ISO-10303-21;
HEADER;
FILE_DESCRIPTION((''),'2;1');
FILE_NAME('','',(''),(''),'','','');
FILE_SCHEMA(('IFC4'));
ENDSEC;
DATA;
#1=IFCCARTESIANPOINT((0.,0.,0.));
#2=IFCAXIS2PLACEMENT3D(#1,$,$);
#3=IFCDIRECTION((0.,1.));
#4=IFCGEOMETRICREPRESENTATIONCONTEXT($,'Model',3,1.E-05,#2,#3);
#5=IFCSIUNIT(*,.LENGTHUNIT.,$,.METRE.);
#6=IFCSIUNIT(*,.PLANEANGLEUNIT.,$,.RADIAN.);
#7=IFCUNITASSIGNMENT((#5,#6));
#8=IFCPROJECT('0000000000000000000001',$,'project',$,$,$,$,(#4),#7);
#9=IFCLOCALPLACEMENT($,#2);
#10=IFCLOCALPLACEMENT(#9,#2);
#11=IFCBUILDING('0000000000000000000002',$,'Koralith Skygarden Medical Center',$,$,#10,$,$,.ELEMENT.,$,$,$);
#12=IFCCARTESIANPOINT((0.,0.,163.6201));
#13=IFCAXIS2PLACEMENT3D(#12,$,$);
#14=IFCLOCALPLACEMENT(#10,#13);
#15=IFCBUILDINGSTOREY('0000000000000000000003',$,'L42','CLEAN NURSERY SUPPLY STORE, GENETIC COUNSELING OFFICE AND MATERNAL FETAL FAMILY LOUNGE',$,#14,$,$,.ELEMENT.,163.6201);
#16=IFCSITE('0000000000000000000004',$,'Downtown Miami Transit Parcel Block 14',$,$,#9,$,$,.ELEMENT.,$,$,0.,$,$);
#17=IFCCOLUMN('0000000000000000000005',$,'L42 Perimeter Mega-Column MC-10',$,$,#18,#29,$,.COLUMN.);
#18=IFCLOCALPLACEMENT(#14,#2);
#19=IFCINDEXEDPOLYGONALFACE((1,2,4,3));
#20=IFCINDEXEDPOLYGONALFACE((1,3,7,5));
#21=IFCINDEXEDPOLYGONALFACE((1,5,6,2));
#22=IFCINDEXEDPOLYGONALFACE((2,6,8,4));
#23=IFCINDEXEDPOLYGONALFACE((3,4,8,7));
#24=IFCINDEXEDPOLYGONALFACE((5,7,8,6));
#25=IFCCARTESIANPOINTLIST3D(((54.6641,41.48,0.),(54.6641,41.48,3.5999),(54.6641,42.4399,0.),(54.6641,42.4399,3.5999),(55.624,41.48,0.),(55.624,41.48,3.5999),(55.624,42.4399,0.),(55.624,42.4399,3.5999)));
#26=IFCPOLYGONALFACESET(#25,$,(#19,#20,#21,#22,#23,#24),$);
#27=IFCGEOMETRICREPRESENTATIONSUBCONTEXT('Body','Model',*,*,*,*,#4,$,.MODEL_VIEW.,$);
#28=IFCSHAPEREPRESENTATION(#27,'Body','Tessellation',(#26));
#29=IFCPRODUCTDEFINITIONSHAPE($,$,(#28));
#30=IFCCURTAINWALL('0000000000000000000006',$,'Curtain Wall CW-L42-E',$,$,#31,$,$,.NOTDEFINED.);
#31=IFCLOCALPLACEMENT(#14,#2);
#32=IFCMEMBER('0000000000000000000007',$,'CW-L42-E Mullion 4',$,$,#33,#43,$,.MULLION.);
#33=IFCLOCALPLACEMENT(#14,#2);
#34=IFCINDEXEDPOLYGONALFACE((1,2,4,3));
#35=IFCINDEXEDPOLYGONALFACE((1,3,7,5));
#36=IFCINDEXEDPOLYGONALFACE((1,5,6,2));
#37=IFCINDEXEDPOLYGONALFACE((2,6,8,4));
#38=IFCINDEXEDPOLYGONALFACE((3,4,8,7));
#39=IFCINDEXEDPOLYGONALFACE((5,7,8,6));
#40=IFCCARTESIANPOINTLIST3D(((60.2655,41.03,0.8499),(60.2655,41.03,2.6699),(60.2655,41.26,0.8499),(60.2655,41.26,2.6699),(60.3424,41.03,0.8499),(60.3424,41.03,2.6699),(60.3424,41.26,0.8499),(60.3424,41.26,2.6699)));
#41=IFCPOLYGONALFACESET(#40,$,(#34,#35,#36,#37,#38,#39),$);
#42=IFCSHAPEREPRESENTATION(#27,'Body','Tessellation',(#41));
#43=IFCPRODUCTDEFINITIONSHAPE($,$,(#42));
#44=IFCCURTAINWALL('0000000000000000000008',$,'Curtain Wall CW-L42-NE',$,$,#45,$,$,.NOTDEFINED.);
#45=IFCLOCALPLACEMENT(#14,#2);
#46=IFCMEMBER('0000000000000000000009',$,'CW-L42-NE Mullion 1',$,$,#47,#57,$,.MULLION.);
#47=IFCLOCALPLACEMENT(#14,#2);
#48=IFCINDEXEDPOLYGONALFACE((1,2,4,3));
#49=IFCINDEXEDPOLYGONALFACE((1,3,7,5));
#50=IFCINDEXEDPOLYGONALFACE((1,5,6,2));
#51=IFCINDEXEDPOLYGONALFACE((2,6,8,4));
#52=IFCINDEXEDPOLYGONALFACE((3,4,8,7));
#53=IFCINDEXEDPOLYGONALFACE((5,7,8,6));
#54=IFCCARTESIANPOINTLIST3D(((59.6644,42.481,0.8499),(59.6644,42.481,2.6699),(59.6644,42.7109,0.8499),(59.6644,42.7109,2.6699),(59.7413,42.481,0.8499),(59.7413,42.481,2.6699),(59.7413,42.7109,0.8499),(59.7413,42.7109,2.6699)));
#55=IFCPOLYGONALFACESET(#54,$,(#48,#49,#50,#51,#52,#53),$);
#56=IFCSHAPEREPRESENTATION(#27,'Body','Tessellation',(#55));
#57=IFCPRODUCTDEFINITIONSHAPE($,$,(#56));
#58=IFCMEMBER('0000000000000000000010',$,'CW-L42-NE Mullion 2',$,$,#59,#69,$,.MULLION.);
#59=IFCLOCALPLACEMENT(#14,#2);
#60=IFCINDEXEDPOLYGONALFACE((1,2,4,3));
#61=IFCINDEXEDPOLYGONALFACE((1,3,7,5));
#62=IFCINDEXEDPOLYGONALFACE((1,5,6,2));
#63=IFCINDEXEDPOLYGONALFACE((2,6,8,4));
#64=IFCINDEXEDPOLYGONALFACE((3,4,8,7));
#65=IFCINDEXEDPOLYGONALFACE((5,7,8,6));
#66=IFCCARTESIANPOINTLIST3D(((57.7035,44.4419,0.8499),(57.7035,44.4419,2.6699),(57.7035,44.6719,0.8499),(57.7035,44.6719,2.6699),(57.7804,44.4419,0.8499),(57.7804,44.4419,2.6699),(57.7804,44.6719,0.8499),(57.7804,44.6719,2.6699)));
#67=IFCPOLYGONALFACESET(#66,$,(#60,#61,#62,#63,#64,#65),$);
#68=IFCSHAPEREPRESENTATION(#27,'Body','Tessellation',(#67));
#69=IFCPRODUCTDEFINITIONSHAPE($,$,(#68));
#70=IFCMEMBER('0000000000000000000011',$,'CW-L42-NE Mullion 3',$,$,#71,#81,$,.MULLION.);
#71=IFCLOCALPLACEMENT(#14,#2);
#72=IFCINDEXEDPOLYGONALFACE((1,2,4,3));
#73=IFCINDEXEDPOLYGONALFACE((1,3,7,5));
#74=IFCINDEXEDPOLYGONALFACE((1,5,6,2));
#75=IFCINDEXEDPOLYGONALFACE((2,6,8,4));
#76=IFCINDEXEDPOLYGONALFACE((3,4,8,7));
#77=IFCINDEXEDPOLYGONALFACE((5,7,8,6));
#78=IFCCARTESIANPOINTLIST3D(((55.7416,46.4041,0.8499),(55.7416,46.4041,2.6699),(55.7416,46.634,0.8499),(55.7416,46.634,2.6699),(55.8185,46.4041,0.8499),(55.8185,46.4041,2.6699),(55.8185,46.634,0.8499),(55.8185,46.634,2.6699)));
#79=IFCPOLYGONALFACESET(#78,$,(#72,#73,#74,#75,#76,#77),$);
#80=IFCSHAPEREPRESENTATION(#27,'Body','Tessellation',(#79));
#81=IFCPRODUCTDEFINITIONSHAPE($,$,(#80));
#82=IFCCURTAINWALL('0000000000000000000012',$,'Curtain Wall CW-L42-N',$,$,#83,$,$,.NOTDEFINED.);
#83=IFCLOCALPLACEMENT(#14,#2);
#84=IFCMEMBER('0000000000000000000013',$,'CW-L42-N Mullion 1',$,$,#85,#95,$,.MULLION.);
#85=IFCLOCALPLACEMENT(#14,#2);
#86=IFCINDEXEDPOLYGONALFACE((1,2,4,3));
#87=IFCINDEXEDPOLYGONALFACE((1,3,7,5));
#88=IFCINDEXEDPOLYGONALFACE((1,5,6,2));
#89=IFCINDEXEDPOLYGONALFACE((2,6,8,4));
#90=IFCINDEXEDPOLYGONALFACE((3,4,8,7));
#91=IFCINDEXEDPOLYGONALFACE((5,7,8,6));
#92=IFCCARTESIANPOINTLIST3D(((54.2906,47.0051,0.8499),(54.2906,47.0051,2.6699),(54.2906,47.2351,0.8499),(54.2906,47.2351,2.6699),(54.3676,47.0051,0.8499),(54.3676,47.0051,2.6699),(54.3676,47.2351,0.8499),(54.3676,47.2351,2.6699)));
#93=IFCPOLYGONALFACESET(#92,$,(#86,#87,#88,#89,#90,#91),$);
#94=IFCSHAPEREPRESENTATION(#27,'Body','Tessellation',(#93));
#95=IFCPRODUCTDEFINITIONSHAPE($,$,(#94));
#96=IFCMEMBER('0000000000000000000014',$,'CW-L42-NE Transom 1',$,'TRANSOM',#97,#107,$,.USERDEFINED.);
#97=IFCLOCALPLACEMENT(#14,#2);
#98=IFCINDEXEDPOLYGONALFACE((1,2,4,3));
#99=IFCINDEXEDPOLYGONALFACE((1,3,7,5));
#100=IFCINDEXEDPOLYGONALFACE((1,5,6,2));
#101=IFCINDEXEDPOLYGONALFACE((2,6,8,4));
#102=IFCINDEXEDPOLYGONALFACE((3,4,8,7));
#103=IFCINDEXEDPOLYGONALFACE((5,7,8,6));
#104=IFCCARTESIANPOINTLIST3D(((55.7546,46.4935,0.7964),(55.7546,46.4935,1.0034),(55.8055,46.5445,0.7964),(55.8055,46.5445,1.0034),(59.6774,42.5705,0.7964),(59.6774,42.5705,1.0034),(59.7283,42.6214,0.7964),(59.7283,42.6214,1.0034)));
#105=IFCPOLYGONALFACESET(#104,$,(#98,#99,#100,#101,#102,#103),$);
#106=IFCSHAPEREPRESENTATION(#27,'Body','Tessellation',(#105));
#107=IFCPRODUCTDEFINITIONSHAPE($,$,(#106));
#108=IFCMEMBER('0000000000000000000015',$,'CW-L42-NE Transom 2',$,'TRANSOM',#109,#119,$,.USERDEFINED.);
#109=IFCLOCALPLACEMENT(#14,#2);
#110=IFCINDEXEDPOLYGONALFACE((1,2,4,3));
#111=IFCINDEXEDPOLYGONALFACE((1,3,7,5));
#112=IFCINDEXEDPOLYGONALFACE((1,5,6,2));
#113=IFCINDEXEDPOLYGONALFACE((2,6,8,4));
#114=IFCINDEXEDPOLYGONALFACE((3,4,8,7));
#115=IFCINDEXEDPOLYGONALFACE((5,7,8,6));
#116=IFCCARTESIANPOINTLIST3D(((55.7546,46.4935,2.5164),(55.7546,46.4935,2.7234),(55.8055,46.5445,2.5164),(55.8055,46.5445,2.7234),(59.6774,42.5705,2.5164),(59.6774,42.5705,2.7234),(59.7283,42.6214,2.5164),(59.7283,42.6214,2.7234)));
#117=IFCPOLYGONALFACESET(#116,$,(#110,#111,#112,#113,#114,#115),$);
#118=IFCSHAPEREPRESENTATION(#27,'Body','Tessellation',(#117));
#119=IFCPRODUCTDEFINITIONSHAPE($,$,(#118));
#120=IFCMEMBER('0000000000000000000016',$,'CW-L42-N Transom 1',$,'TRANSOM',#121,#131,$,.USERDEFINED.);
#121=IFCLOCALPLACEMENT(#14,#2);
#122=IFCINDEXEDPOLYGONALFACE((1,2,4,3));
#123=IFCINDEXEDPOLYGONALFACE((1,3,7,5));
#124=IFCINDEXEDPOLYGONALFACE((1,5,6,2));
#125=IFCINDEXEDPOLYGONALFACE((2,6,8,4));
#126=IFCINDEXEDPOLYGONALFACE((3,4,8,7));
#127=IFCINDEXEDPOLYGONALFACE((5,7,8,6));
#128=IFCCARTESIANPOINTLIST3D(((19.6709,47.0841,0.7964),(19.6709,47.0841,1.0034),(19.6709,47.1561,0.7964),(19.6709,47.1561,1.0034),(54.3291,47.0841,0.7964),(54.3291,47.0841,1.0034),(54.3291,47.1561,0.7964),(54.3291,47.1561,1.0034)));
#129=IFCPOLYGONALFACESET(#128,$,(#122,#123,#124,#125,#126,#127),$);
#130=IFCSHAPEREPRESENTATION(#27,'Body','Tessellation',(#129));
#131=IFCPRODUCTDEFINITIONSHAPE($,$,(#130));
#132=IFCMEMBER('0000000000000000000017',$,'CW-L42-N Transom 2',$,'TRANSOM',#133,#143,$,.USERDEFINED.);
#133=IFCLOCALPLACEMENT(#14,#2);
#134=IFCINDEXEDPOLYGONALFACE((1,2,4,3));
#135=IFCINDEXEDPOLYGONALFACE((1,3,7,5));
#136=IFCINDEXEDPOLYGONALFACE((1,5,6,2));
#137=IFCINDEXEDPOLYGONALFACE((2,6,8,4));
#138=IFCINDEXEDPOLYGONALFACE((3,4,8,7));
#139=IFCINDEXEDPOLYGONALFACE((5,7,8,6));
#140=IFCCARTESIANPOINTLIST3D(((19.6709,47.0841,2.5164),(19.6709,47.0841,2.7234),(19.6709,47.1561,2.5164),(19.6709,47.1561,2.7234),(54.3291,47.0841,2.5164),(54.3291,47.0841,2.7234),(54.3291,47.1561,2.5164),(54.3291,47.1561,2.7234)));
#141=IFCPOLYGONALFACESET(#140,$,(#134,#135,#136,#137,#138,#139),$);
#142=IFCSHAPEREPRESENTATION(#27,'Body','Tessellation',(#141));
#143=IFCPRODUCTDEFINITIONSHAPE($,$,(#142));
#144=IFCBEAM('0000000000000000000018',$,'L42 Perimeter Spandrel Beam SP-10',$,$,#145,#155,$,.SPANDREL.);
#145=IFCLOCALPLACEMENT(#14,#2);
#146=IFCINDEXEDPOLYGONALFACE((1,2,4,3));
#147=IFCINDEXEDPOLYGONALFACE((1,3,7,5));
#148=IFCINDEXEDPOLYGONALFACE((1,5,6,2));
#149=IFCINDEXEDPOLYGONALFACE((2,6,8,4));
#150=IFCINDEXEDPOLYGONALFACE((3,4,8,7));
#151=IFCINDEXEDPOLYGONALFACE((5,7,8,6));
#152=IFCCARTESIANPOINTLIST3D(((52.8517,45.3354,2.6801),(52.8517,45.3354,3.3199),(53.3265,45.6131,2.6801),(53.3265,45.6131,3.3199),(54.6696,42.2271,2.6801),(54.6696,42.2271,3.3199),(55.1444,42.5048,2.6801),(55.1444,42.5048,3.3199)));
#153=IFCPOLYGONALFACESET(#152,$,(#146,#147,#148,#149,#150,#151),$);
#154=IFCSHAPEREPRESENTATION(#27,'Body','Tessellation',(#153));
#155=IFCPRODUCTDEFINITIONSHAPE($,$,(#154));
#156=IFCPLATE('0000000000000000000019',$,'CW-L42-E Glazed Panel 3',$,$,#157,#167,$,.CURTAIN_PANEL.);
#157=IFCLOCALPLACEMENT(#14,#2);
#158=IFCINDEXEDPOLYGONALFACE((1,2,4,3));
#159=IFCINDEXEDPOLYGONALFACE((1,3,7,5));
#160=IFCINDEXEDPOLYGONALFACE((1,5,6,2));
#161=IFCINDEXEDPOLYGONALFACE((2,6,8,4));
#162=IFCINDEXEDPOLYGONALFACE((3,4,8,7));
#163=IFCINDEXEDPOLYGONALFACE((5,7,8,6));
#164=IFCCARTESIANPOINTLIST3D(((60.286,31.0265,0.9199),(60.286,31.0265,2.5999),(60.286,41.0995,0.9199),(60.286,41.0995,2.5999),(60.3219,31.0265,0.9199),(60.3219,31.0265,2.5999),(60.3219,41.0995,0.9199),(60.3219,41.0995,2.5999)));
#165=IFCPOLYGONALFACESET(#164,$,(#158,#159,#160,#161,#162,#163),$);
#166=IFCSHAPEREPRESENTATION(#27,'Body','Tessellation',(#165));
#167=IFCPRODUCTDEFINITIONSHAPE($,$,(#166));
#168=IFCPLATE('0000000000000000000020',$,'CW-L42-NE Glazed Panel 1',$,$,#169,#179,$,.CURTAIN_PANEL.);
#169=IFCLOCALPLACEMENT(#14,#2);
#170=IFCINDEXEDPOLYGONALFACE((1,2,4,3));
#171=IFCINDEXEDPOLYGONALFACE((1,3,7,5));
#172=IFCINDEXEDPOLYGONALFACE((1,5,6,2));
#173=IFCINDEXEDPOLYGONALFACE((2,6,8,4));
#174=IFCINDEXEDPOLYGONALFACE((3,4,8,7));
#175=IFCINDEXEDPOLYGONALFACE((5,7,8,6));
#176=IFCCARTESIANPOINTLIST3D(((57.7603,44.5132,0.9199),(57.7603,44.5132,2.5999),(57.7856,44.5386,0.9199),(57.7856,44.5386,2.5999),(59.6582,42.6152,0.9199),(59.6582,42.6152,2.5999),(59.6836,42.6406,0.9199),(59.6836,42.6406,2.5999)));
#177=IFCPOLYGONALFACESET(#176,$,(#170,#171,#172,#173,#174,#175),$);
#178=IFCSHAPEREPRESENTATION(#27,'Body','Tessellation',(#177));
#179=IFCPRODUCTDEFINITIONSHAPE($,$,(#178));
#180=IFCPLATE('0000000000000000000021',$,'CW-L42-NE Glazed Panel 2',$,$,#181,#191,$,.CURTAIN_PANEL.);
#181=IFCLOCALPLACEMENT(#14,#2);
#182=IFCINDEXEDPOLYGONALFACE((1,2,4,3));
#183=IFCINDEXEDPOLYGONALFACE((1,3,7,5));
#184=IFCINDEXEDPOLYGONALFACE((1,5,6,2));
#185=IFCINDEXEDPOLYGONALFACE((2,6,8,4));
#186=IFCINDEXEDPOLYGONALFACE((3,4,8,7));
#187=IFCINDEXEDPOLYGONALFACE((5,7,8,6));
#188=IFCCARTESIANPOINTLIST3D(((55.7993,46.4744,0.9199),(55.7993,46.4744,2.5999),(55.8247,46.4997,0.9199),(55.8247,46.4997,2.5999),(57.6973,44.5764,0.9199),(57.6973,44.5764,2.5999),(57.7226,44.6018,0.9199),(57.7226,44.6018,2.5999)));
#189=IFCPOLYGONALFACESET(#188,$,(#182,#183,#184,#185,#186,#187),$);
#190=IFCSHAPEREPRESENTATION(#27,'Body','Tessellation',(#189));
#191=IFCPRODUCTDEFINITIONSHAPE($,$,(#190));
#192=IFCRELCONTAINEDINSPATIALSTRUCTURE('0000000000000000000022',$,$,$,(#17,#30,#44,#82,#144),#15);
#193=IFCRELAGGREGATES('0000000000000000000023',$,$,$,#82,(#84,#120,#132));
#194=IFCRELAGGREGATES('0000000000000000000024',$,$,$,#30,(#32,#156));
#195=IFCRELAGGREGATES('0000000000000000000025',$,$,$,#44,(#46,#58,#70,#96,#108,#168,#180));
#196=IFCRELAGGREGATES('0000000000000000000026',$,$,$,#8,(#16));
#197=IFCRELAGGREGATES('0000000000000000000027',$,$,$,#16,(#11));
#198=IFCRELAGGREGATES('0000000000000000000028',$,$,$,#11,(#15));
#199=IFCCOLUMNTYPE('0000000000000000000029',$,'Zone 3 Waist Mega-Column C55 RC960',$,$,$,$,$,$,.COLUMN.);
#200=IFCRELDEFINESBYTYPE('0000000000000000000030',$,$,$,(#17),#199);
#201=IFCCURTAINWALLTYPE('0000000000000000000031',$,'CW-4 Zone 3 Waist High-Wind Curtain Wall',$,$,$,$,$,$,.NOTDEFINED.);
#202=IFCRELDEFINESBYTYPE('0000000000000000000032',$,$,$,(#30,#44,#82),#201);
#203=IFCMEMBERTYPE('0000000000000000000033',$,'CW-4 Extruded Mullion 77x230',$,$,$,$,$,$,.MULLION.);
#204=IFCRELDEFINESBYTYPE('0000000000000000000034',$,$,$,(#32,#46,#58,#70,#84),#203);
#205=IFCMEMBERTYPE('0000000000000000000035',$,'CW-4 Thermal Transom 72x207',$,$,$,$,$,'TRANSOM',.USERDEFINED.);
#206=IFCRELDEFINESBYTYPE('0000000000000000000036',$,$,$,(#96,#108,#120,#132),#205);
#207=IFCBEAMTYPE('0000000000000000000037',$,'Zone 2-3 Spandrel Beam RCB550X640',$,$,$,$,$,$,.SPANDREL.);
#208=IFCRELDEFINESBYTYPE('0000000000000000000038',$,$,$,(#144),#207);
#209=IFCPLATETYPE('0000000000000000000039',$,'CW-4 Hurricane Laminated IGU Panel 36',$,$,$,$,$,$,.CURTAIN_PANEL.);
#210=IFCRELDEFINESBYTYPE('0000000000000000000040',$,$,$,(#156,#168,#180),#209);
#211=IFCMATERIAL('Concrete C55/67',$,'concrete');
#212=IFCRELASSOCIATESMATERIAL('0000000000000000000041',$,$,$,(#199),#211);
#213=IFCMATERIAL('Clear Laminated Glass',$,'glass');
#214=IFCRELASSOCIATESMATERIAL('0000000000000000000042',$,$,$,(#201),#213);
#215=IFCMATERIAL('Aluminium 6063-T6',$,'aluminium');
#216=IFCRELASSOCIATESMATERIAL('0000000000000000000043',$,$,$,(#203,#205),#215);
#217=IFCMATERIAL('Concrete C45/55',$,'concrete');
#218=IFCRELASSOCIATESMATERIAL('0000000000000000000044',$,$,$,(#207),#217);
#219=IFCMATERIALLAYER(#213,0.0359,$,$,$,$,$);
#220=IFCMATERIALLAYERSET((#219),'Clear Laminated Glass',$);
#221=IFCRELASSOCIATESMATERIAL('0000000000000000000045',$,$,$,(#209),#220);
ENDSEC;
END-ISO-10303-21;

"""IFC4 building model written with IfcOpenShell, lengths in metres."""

from ifc_helpers import new_model, si_unit, direction, frame, origin, origin_2d, place, context, subcontext, project, spatial, rectangle, extrude, material, layer, layer_set, material_profile, profile_set, type_object, element, aggregate, save


model = new_model("IFC4")

# Units and contexts
model_context = context("Model", 3, precision=1e-05, world=origin(), true_north=direction((0.0, 1.0)))
body_context = subcontext(model_context, "Body", "Model", "MODEL_VIEW")
ifc_project = project(units=[si_unit("LENGTHUNIT", "METRE"), si_unit("PLANEANGLEUNIT", "RADIAN")], contexts=[model_context])

# Site, building, storey
site_placement = place(None, origin())
site = spatial("IfcSite", under=ifc_project, at=site_placement, Name="Downtown Miami Transit Parcel Block 14", CompositionType="ELEMENT", RefElevation=0.0)
building_placement = place(site_placement, origin())
building = spatial("IfcBuilding", under=site, at=building_placement, Name="Koralith Skygarden Medical Center", CompositionType="ELEMENT")
storey_placement = place(building_placement, frame((0.0, 0.0, 163.6201)))
storey = spatial("IfcBuildingStorey", under=building, at=storey_placement, Name="L42", Description="CLEAN NURSERY SUPPLY STORE, GENETIC COUNSELING OFFICE AND MATERNAL FETAL FAMILY LOUNGE", CompositionType="ELEMENT", Elevation=163.6201)

# Column
ifc_material_1 = material(Name="Concrete C55/67", Category="concrete")
ifc_material_profile_1 = material_profile(ifc_material_1, rectangle(XDim=0.96, YDim=0.96, at=origin_2d()), Name="RC960X960")
ifc_profile_set_1 = profile_set([ifc_material_profile_1], Name="Concrete C55/67")
column_type = type_object("IfcColumnType", Name="Zone 3 Waist Mega-Column C55 RC960", PredefinedType="COLUMN", material=ifc_profile_set_1)
column_placement = place(storey_placement, frame((55.144, 41.96, 0.0), z_axis=(0.0, 0.0, 1.0), x_axis=(1.0, 0.0, 0.0)))
element("IfcColumn", 1, at=column_placement, inside=storey, type_object=column_type, Name="L42 Perimeter Mega-Column MC-10", PredefinedType="COLUMN", context=body_context, shape_type="SweptSolid", body=[
    extrude(rectangle(XDim=0.96, YDim=0.96, at=origin_2d()), origin(), (0.0, 0.0, 1.0), 3.5999),
])

# Curtain wall, member
ifc_material_2 = material(Name="Clear Laminated Glass", Category="glass")
curtain_wall_type = type_object("IfcCurtainWallType", Name="CW-4 Zone 3 Waist High-Wind Curtain Wall", PredefinedType="NOTDEFINED", material=ifc_material_2)
curtain_wall_1_placement = place(storey_placement, origin())
curtain_wall_1 = element("IfcCurtainWall", 2, at=curtain_wall_1_placement, inside=storey, type_object=curtain_wall_type, Name="Curtain Wall CW-L42-E", PredefinedType="NOTDEFINED")
ifc_material_3 = material(Name="Aluminium 6063-T6", Category="aluminium")
ifc_material_profile_2 = material_profile(ifc_material_3, rectangle(XDim=0.0769, YDim=0.23, at=origin_2d()), Name="MUL77X230")
ifc_profile_set_2 = profile_set([ifc_material_profile_2], Name="Aluminium 6063-T6")
member_type_1 = type_object("IfcMemberType", Name="CW-4 Extruded Mullion 77x230", PredefinedType="MULLION", material=ifc_profile_set_2)
member_1_placement = place(storey_placement, frame((60.304, 41.145, 0.8499), z_axis=(0.0, 0.0, 1.0), x_axis=(1.0, 0.0, 0.0)))
member_1 = element("IfcMember", 3, at=member_1_placement, type_object=member_type_1, Name="CW-L42-E Mullion 4", PredefinedType="MULLION", context=body_context, shape_type="SweptSolid", body=[
    extrude(rectangle(XDim=0.0769, YDim=0.23, at=origin_2d()), origin(), (0.0, 0.0, 1.0), 1.8201),
])

# Curtain wall, members
curtain_wall_2_placement = place(storey_placement, origin())
curtain_wall_2 = element("IfcCurtainWall", 4, at=curtain_wall_2_placement, inside=storey, type_object=curtain_wall_type, Name="Curtain Wall CW-L42-NE", PredefinedType="NOTDEFINED")
member_2_placement = place(storey_placement, frame((59.7029, 42.5959, 0.8499), z_axis=(0.0, 0.0, 1.0), x_axis=(1.0, 0.0, 0.0)))
member_2 = element("IfcMember", 5, at=member_2_placement, type_object=member_type_1, Name="CW-L42-NE Mullion 1", PredefinedType="MULLION", context=body_context, shape_type="SweptSolid", body=[
    extrude(rectangle(XDim=0.0769, YDim=0.23, at=origin_2d()), origin(), (0.0, 0.0, 1.0), 1.8201),
])
member_3_placement = place(storey_placement, frame((57.7419, 44.5569, 0.8499), z_axis=(0.0, 0.0, 1.0), x_axis=(1.0, 0.0, 0.0)))
member_3 = element("IfcMember", 6, at=member_3_placement, type_object=member_type_1, Name="CW-L42-NE Mullion 2", PredefinedType="MULLION", context=body_context, shape_type="SweptSolid", body=[
    extrude(rectangle(XDim=0.0769, YDim=0.23, at=origin_2d()), origin(), (0.0, 0.0, 1.0), 1.8201),
])
member_4_placement = place(storey_placement, frame((55.78, 46.519, 0.8499), z_axis=(0.0, 0.0, 1.0), x_axis=(1.0, 0.0, 0.0)))
member_4 = element("IfcMember", 7, at=member_4_placement, type_object=member_type_1, Name="CW-L42-NE Mullion 3", PredefinedType="MULLION", context=body_context, shape_type="SweptSolid", body=[
    extrude(rectangle(XDim=0.0769, YDim=0.23, at=origin_2d()), origin(), (0.0, 0.0, 1.0), 1.8201),
])

# Curtain wall, member
curtain_wall_3_placement = place(storey_placement, origin())
curtain_wall_3 = element("IfcCurtainWall", 8, at=curtain_wall_3_placement, inside=storey, type_object=curtain_wall_type, Name="Curtain Wall CW-L42-N", PredefinedType="NOTDEFINED")
member_5_placement = place(storey_placement, frame((54.3291, 47.1201, 0.8499), z_axis=(0.0, 0.0, 1.0), x_axis=(1.0, 0.0, 0.0)))
member_5 = element("IfcMember", 9, at=member_5_placement, type_object=member_type_1, Name="CW-L42-N Mullion 1", PredefinedType="MULLION", context=body_context, shape_type="SweptSolid", body=[
    extrude(rectangle(XDim=0.0769, YDim=0.23, at=origin_2d()), origin(), (0.0, 0.0, 1.0), 1.8201),
])

# Members
ifc_material_profile_3 = material_profile(ifc_material_3, rectangle(XDim=0.072, YDim=0.207, at=origin_2d()), Name="TRN72X207")
ifc_profile_set_3 = profile_set([ifc_material_profile_3], Name="Aluminium 6063-T6")
member_type_2 = type_object("IfcMemberType", Name="CW-4 Thermal Transom 72x207", ElementType="TRANSOM", PredefinedType="USERDEFINED", material=ifc_profile_set_3)
member_6_placement = place(storey_placement, frame((59.7029, 42.5959, 0.8999), z_axis=(-0.707085, 0.707129, 0.0), x_axis=(-0.707129, -0.707085, 0.0)))
member_6 = element("IfcMember", 10, at=member_6_placement, type_object=member_type_2, Name="CW-L42-NE Transom 1", ObjectType="TRANSOM", PredefinedType="USERDEFINED", context=body_context, shape_type="SweptSolid", body=[
    extrude(rectangle(XDim=0.072, YDim=0.207, at=origin_2d()), origin(), (0.0, 0.0, 1.0), 5.5479),
])
member_7_placement = place(storey_placement, frame((59.7029, 42.5959, 2.6199), z_axis=(-0.707085, 0.707129, 0.0), x_axis=(-0.707129, -0.707085, 0.0)))
member_7 = element("IfcMember", 11, at=member_7_placement, type_object=member_type_2, Name="CW-L42-NE Transom 2", ObjectType="TRANSOM", PredefinedType="USERDEFINED", context=body_context, shape_type="SweptSolid", body=[
    extrude(rectangle(XDim=0.072, YDim=0.207, at=origin_2d()), origin(), (0.0, 0.0, 1.0), 5.5479),
])
member_8_placement = place(storey_placement, frame((54.3291, 47.1201, 0.8999), z_axis=(-1.0, 0.0, 0.0), x_axis=(0.0, -1.0, 0.0)))
member_8 = element("IfcMember", 12, at=member_8_placement, type_object=member_type_2, Name="CW-L42-N Transom 1", ObjectType="TRANSOM", PredefinedType="USERDEFINED", context=body_context, shape_type="SweptSolid", body=[
    extrude(rectangle(XDim=0.072, YDim=0.207, at=origin_2d()), origin(), (0.0, 0.0, 1.0), 34.6582),
])
member_9_placement = place(storey_placement, frame((54.3291, 47.1201, 2.6199), z_axis=(-1.0, 0.0, 0.0), x_axis=(0.0, -1.0, 0.0)))
member_9 = element("IfcMember", 13, at=member_9_placement, type_object=member_type_2, Name="CW-L42-N Transom 2", ObjectType="TRANSOM", PredefinedType="USERDEFINED", context=body_context, shape_type="SweptSolid", body=[
    extrude(rectangle(XDim=0.072, YDim=0.207, at=origin_2d()), origin(), (0.0, 0.0, 1.0), 34.6582),
])
aggregate(curtain_wall_3, [member_5, member_8, member_9])

# Beam
ifc_material_4 = material(Name="Concrete C45/55", Category="concrete")
ifc_material_profile_4 = material_profile(ifc_material_4, rectangle(XDim=0.55, YDim=0.6399, at=origin_2d()), Name="RCB550X640")
ifc_profile_set_4 = profile_set([ifc_material_profile_4], Name="Concrete C45/55")
beam_type = type_object("IfcBeamType", Name="Zone 2-3 Spandrel Beam RCB550X640", PredefinedType="SPANDREL", material=ifc_profile_set_4)
beam_placement = place(storey_placement, frame((54.907, 42.366, 3.0), z_axis=(-0.504861, 0.8632, 0.0), x_axis=(-0.8632, -0.504861, 0.0)))
element("IfcBeam", 14, at=beam_placement, inside=storey, type_object=beam_type, Name="L42 Perimeter Spandrel Beam SP-10", PredefinedType="SPANDREL", context=body_context, shape_type="SweptSolid", body=[
    extrude(rectangle(XDim=0.55, YDim=0.6399, at=origin_2d()), origin(), (0.0, 0.0, 1.0), 3.6008),
])

# Plates
ifc_layer_1 = layer(ifc_material_2, 0.0359)
ifc_layer_set_1 = layer_set([ifc_layer_1], Name="Clear Laminated Glass")
plate_type_1 = type_object("IfcPlateType", Name="CW-4 Hurricane Laminated IGU Panel 36", PredefinedType="CURTAIN_PANEL", material=ifc_layer_set_1)
plate_1_placement = place(storey_placement, frame((60.304, 36.063, 0.9199), z_axis=(0.0, 0.0, 1.0), x_axis=(0.0, 1.0, 0.0)))
plate_1 = element("IfcPlate", 15, at=plate_1_placement, type_object=plate_type_1, Name="CW-L42-E Glazed Panel 3", PredefinedType="CURTAIN_PANEL", context=body_context, shape_type="SweptSolid", body=[
    extrude(rectangle(XDim=10.073, YDim=0.0359, at=origin_2d()), origin(), (0.0, 0.0, 1.0), 1.6799),
])
aggregate(curtain_wall_1, [member_1, plate_1])
plate_2_placement = place(storey_placement, frame((58.7219, 43.5769, 0.9199), z_axis=(0.0, 0.0, 1.0), x_axis=(-0.707107, 0.707107, 0.0)))
plate_2 = element("IfcPlate", 16, at=plate_2_placement, type_object=plate_type_1, Name="CW-L42-NE Glazed Panel 1", PredefinedType="CURTAIN_PANEL", context=body_context, shape_type="SweptSolid", body=[
    extrude(rectangle(XDim=2.6841, YDim=0.0359, at=origin_2d()), origin(), (0.0, 0.0, 1.0), 1.6799),
])
plate_3_placement = place(storey_placement, frame((56.761, 45.5381, 0.9199), z_axis=(0.0, 0.0, 1.0), x_axis=(-0.707107, 0.707107, 0.0)))
plate_3 = element("IfcPlate", 17, at=plate_3_placement, type_object=plate_type_1, Name="CW-L42-NE Glazed Panel 2", PredefinedType="CURTAIN_PANEL", context=body_context, shape_type="SweptSolid", body=[
    extrude(rectangle(XDim=2.6841, YDim=0.0359, at=origin_2d()), origin(), (0.0, 0.0, 1.0), 1.6799),
])
aggregate(curtain_wall_2, [member_2, member_3, member_4, member_6, member_7, plate_2, plate_3])

save(model, "model.ifc")
